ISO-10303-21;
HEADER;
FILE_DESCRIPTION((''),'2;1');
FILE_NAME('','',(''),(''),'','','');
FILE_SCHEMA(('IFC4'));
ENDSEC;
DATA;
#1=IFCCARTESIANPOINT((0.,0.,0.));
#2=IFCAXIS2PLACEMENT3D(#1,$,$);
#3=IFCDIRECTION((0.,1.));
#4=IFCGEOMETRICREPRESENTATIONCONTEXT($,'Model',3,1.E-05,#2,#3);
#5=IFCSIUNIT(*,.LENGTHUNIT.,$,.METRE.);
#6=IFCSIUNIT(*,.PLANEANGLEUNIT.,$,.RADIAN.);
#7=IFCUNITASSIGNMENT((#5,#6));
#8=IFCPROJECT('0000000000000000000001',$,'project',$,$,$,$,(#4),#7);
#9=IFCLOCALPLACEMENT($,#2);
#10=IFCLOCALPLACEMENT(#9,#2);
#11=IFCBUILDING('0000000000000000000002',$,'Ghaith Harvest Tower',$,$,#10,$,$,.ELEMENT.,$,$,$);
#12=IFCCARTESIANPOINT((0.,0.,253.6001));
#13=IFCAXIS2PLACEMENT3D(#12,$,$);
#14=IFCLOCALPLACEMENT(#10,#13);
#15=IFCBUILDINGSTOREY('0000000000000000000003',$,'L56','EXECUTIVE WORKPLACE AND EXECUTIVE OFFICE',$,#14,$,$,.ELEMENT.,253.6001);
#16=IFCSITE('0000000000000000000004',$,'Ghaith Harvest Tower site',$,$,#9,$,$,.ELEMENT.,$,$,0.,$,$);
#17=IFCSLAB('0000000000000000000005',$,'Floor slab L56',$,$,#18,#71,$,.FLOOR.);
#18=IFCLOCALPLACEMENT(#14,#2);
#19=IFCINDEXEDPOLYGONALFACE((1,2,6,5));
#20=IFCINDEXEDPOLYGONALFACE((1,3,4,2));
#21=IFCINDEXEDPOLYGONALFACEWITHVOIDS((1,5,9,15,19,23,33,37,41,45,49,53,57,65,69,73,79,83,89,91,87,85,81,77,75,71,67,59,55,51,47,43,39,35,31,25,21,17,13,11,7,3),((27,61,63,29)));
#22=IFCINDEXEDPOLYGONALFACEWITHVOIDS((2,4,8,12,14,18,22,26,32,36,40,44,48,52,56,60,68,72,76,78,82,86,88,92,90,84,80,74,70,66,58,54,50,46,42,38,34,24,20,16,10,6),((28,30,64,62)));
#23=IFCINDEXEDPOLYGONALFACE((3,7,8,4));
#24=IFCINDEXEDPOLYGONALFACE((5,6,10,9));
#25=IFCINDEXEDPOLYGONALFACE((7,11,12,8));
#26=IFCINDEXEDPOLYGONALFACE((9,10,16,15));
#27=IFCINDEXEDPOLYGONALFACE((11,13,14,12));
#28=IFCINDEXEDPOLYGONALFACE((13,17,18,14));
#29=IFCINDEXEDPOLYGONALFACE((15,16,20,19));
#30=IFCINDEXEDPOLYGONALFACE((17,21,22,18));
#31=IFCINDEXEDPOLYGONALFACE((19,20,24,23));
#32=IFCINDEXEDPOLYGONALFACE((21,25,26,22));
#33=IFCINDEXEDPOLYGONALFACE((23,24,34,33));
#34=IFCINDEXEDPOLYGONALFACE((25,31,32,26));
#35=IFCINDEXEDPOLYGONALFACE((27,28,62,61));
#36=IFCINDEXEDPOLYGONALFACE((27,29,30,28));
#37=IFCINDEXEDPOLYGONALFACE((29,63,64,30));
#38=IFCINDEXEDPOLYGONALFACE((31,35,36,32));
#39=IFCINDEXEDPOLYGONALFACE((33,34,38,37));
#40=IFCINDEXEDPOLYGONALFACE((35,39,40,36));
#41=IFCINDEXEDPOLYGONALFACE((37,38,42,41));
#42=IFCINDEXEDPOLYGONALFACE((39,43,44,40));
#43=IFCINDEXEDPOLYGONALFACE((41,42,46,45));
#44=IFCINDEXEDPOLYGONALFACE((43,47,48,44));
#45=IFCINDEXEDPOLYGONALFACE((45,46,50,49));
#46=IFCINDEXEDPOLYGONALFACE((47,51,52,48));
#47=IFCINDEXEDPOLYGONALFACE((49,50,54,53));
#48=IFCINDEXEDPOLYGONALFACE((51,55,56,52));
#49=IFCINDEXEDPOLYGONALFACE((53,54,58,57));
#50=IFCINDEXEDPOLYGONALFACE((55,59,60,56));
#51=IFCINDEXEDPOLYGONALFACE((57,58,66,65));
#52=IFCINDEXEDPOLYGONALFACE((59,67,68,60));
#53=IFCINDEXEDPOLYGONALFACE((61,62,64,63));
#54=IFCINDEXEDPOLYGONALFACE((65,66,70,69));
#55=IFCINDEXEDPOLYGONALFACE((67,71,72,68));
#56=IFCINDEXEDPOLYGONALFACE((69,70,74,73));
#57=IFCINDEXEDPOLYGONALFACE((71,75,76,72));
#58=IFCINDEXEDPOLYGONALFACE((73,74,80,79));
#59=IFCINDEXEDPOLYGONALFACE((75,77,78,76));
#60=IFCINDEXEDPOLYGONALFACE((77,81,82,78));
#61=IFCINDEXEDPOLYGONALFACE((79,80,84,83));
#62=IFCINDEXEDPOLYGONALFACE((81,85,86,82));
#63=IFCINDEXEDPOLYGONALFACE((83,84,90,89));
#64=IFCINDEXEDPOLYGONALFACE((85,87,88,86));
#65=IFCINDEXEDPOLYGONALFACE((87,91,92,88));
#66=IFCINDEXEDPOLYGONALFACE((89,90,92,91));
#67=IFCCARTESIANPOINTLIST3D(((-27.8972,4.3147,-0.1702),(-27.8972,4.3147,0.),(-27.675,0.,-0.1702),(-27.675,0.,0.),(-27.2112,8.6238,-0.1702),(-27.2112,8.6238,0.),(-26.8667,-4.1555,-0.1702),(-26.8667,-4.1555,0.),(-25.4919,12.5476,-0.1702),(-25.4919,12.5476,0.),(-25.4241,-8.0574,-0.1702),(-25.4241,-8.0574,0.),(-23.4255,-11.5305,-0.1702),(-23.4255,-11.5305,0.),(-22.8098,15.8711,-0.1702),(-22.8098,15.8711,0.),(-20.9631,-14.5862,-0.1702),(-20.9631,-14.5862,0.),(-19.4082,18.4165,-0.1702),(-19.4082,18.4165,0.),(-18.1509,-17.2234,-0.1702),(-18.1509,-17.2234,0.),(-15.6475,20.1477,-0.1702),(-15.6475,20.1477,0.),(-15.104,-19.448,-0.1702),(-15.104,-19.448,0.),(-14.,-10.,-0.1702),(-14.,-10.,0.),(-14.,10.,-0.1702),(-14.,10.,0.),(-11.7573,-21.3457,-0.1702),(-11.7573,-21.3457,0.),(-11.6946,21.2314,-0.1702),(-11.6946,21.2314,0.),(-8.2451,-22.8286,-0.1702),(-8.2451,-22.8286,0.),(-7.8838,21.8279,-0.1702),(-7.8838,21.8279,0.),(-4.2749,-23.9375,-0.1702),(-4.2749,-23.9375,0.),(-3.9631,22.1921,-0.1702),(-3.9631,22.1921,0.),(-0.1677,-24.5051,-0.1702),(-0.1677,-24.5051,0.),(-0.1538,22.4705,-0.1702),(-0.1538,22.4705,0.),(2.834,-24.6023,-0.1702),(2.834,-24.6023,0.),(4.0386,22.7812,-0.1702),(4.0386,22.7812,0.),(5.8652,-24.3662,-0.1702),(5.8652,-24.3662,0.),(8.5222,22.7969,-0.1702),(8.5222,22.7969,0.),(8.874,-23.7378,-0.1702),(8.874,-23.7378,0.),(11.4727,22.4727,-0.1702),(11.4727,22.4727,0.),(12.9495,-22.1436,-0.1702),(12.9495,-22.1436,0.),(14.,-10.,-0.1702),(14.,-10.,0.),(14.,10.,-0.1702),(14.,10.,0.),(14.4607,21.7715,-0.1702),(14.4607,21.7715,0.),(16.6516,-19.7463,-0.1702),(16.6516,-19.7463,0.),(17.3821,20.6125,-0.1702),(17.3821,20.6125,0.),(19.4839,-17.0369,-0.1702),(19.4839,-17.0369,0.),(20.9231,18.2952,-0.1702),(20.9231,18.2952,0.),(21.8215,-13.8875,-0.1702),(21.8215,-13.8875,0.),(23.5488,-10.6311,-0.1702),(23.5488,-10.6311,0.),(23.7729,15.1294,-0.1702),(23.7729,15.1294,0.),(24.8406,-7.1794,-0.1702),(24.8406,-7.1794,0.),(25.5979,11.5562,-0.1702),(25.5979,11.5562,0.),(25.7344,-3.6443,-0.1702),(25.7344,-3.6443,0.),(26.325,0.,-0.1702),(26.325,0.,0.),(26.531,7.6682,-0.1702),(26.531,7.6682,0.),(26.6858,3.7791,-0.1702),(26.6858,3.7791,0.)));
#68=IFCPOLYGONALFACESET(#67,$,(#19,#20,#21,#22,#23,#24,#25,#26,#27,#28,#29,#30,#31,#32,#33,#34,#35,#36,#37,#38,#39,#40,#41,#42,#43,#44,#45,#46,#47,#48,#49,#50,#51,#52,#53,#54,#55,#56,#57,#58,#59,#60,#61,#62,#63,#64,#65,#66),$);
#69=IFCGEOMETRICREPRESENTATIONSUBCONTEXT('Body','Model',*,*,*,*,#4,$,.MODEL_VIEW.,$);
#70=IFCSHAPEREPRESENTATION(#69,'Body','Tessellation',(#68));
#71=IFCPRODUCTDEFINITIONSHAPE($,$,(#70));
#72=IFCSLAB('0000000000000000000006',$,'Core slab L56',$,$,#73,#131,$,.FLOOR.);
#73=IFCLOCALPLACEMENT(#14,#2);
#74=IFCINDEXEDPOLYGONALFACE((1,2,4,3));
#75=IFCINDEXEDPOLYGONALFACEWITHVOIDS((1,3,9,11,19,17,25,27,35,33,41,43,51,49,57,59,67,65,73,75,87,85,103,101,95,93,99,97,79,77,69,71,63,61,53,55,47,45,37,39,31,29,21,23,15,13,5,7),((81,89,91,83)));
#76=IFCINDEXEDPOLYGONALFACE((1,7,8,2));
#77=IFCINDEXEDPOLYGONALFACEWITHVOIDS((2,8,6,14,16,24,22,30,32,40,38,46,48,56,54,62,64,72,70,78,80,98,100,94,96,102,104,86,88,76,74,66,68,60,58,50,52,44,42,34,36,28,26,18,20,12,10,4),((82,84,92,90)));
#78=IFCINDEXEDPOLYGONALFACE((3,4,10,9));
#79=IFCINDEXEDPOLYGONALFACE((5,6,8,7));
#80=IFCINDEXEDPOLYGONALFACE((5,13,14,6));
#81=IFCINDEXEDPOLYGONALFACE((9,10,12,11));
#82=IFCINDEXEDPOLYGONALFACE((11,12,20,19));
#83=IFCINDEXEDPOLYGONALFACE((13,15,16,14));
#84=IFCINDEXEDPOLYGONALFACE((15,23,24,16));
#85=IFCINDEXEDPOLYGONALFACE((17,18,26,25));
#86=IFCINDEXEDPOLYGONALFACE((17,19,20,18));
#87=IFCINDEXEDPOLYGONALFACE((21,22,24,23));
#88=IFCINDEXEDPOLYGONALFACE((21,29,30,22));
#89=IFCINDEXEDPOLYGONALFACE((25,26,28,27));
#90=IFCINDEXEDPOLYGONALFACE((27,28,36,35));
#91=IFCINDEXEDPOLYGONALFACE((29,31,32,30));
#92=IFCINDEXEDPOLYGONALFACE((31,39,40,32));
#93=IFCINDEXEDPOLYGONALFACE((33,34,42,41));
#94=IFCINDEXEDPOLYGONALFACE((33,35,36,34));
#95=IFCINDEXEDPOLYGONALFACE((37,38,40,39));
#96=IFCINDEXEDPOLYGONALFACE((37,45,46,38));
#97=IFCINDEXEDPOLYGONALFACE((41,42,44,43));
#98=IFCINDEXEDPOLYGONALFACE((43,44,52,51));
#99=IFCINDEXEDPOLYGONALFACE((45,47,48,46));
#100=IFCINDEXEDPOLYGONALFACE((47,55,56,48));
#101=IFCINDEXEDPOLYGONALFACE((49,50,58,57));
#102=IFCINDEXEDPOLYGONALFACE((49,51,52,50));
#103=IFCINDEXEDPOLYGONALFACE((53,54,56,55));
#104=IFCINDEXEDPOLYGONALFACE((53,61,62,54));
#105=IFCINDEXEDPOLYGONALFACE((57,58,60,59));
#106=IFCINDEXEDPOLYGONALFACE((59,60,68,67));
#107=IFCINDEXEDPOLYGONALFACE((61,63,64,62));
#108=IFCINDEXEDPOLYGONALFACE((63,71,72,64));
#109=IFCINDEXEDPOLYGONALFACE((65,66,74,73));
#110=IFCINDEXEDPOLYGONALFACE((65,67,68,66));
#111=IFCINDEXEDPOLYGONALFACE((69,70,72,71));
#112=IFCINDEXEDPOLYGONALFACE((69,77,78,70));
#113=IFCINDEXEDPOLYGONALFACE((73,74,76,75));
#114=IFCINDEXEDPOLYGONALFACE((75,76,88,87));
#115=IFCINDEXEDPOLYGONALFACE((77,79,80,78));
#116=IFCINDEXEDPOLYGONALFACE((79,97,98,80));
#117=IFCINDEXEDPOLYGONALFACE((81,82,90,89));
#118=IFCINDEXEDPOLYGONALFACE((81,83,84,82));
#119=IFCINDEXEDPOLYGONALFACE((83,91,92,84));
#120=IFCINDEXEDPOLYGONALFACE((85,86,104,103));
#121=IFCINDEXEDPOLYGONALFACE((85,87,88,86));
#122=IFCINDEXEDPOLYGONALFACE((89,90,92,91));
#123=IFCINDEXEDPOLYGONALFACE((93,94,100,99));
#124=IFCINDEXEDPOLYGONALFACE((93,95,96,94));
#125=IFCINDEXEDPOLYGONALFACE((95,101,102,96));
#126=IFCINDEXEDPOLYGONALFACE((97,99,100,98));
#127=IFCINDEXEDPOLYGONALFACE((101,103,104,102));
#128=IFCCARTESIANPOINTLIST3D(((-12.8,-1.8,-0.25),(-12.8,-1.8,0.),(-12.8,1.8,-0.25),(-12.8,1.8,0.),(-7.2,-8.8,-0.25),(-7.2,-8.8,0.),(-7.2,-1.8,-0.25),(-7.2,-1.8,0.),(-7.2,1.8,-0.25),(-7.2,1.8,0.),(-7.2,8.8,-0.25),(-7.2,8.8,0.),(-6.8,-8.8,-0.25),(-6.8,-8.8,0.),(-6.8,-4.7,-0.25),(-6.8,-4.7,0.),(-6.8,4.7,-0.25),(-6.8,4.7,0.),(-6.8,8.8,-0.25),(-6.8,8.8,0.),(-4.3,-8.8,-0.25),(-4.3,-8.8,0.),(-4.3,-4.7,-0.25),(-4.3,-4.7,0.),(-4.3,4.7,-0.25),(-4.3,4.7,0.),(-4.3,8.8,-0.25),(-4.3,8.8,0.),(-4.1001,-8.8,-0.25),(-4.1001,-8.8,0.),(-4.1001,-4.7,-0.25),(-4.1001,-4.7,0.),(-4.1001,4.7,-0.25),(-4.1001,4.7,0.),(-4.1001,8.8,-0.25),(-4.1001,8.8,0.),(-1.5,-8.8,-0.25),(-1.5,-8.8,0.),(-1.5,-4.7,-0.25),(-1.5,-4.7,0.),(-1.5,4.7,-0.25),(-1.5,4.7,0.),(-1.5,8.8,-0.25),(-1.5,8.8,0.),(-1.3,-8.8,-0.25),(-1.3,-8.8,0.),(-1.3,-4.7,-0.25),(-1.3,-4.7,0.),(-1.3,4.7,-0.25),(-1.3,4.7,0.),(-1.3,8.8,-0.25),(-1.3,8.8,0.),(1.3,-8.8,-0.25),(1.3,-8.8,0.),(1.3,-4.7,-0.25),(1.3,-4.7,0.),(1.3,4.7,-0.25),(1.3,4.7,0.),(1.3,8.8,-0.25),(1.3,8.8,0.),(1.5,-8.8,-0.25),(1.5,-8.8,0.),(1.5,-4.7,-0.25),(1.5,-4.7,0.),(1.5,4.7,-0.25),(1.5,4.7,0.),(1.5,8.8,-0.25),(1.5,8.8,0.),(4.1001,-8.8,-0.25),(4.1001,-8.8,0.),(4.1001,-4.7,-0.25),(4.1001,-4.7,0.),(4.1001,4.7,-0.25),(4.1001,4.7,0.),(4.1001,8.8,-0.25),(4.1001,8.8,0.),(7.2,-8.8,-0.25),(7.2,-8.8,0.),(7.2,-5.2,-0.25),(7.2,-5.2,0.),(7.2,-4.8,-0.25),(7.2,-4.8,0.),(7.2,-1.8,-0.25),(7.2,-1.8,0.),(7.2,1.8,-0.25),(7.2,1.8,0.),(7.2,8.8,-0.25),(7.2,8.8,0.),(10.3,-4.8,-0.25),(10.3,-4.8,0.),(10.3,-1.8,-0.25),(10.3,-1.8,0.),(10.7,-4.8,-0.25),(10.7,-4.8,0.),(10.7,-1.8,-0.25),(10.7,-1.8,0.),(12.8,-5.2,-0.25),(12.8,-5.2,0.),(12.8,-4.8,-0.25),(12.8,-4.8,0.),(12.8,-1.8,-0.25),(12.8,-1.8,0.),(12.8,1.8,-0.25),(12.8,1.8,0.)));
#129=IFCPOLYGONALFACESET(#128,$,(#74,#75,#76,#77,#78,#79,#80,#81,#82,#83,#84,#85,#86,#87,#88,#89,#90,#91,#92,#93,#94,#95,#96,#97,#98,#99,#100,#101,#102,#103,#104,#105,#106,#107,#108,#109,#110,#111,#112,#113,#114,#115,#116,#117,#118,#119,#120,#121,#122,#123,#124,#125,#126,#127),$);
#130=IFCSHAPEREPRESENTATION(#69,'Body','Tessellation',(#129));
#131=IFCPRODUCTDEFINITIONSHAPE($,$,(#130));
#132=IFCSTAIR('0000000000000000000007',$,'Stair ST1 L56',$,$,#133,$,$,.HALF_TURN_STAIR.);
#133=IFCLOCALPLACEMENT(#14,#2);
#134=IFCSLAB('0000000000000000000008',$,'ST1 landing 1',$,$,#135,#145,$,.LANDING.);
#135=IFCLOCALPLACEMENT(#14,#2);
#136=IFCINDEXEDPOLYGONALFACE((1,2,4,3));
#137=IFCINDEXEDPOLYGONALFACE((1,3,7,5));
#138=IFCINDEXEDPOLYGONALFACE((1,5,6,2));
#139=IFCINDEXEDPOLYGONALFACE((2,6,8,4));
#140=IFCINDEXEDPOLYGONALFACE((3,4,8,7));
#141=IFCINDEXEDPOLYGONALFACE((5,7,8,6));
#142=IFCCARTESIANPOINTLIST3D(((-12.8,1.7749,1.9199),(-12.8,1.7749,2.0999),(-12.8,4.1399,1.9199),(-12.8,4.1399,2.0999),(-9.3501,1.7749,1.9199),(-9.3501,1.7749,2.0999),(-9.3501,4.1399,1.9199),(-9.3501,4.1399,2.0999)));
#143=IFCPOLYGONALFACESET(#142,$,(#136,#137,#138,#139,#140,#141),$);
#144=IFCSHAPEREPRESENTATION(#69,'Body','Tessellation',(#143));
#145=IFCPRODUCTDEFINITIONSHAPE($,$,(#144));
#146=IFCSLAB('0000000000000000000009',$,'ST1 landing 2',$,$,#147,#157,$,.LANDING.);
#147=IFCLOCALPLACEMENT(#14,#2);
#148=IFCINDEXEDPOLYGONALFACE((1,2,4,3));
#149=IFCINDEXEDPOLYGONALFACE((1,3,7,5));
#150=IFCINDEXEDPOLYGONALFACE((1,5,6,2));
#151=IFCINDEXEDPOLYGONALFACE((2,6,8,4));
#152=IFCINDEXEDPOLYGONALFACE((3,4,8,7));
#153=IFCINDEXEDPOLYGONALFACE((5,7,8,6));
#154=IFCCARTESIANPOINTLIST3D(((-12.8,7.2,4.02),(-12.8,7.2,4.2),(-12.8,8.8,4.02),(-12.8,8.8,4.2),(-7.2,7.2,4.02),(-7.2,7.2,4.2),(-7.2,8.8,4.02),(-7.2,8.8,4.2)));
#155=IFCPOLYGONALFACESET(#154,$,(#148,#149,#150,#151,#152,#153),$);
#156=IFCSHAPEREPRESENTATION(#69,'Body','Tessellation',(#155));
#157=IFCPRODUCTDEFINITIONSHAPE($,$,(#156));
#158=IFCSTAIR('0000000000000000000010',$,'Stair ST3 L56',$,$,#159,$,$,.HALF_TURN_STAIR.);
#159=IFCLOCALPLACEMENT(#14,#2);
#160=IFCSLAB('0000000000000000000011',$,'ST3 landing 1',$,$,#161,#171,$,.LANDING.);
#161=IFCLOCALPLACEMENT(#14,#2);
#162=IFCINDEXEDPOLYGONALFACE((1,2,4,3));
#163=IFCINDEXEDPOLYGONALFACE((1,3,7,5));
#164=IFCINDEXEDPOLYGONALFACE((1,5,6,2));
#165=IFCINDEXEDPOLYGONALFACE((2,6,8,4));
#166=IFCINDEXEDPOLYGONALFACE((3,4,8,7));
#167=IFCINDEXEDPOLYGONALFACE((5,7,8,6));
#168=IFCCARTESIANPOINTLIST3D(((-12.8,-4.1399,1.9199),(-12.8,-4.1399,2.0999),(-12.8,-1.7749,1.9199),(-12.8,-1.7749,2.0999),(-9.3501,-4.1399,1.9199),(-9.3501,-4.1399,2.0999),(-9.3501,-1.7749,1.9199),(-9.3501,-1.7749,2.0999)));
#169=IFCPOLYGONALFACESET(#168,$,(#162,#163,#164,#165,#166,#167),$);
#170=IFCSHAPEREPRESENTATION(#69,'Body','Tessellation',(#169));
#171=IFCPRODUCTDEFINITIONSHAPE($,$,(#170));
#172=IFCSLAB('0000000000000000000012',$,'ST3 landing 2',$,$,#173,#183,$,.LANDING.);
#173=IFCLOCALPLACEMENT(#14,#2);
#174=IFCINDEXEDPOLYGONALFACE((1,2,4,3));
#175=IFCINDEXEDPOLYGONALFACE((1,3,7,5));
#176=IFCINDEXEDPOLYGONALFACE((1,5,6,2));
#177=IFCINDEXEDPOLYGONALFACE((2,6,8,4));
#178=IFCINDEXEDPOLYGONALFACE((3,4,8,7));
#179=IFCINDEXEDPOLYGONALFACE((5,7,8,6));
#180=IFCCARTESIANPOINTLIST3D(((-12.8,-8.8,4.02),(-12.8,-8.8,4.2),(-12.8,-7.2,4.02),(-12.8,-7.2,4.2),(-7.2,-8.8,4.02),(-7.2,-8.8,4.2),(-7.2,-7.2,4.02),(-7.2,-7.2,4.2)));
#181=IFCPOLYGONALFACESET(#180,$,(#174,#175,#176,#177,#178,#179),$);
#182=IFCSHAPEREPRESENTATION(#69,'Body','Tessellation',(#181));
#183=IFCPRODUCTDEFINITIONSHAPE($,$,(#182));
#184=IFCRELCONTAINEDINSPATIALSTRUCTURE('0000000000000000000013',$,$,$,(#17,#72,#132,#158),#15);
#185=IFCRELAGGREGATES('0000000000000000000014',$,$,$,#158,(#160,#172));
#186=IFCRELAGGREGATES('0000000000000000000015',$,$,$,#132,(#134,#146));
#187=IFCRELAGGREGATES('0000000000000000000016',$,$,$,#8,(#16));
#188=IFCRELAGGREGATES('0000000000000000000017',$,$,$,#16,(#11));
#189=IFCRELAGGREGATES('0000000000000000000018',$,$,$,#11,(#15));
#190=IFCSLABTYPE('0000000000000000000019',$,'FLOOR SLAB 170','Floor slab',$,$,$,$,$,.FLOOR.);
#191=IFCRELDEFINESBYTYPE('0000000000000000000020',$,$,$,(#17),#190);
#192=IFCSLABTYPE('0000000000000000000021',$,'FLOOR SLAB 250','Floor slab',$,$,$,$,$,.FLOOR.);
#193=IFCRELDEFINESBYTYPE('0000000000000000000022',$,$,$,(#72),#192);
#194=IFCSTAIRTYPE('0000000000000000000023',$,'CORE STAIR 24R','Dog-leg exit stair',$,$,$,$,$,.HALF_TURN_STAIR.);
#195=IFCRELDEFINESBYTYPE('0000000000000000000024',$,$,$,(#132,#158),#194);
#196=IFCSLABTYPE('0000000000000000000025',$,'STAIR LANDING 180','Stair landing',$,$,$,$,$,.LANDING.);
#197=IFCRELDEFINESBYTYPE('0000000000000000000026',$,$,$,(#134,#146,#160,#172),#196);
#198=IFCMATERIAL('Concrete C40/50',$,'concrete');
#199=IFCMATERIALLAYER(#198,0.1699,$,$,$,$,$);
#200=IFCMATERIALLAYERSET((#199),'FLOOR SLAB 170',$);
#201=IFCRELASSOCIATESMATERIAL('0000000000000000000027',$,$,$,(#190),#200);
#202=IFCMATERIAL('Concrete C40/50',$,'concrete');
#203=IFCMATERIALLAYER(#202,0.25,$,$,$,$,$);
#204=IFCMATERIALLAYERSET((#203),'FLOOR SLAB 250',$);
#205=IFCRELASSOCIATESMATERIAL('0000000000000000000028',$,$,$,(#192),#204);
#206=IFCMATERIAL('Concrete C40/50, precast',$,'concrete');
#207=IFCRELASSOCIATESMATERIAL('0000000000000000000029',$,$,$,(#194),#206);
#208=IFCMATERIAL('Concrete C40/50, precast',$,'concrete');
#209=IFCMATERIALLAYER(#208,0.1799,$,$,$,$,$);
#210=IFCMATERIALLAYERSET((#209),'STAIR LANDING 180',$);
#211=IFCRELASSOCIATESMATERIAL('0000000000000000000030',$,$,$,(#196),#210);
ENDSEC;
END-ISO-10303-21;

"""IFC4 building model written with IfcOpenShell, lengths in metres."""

from ifc_helpers import new_model, si_unit, direction, frame, origin, place, context, subcontext, project, spatial, polyline, outline, extrude, material, layer, layer_set, type_object, element, aggregate, save


model = new_model("IFC4")

# Units and contexts
model_context = context("Model", 3, precision=1e-05, world=origin(), true_north=direction((0.0, 1.0)))
body_context = subcontext(model_context, "Body", "Model", "MODEL_VIEW")
ifc_project = project(units=[si_unit("LENGTHUNIT", "METRE"), si_unit("PLANEANGLEUNIT", "RADIAN")], contexts=[model_context])

# Site, building, storey
site_placement = place(None, origin())
site = spatial("IfcSite", under=ifc_project, at=site_placement, Name="Ghaith Harvest Tower site", CompositionType="ELEMENT", RefElevation=0.0)
building_placement = place(site_placement, origin())
building = spatial("IfcBuilding", under=site, at=building_placement, Name="Ghaith Harvest Tower", CompositionType="ELEMENT")
storey_placement = place(building_placement, frame((0.0, 0.0, 253.6001)))
storey = spatial("IfcBuildingStorey", under=building, at=storey_placement, Name="L56", Description="EXECUTIVE WORKPLACE AND EXECUTIVE OFFICE", CompositionType="ELEMENT", Elevation=253.6001)

# Slabs
ifc_material_1 = material(Name="Concrete C40/50", Category="concrete")
ifc_layer_1 = layer(ifc_material_1, 0.1699)
ifc_layer_set_1 = layer_set([ifc_layer_1], Name="FLOOR SLAB 170")
slab_type_1 = type_object("IfcSlabType", Name="FLOOR SLAB 170", Description="Floor slab", PredefinedType="FLOOR", material=ifc_layer_set_1)
slab_1_placement = place(storey_placement, frame((0.0, 0.0, -0.1702)))
element("IfcSlab", 1, at=slab_1_placement, inside=storey, type_object=slab_type_1, Name="Floor slab L56", PredefinedType="FLOOR", context=body_context, shape_type="SweptSolid", body=[
    extrude(outline(polyline([(26.325, 0.0), (26.6858, 3.7791), (26.531, 7.6682), (25.5979, 11.5562), (23.7729, 15.1294), (20.9231, 18.2952), (17.3821, 20.6125), (14.4607, 21.7715), (11.4727, 22.4727), (8.5222, 22.7969), (4.0386, 22.7812), (-0.1538, 22.4705), (-3.9631, 22.1921), (-7.8838, 21.8279), (-11.6946, 21.2314), (-15.6475, 20.1477), (-19.4082, 18.4165), (-22.8098, 15.8711), (-25.4919, 12.5476), (-27.2112, 8.6238), (-27.8972, 4.3147), (-27.675, 0.0), (-26.8667, -4.1555), (-25.4241, -8.0574), (-23.4255, -11.5305), (-20.9631, -14.5862), (-18.1509, -17.2234), (-15.104, -19.448), (-11.7573, -21.3457), (-8.2451, -22.8286), (-4.2749, -23.9375), (-0.1677, -24.5051), (2.834, -24.6023), (5.8652, -24.3662), (8.874, -23.7378), (12.9495, -22.1436), (16.6516, -19.7463), (19.4839, -17.0369), (21.8215, -13.8875), (23.5488, -10.6311), (24.8406, -7.1794), (25.7344, -3.6443), (26.325, 0.0)]), holes=[polyline([(-14.0, -10.0), (14.0, -10.0), (14.0, 10.0), (-14.0, 10.0), (-14.0, -10.0)])]), origin(), (0.0, 0.0, 1.0), 0.1702),
])
ifc_material_2 = material(Name="Concrete C40/50", Category="concrete")
ifc_layer_2 = layer(ifc_material_2, 0.25)
ifc_layer_set_2 = layer_set([ifc_layer_2], Name="FLOOR SLAB 250")
slab_type_2 = type_object("IfcSlabType", Name="FLOOR SLAB 250", Description="Floor slab", PredefinedType="FLOOR", material=ifc_layer_set_2)
slab_2_placement = place(storey_placement, frame((0.0, 0.0, -0.25)))
element("IfcSlab", 2, at=slab_2_placement, inside=storey, type_object=slab_type_2, Name="Core slab L56", PredefinedType="FLOOR", context=body_context, shape_type="SweptSolid", body=[
    extrude(outline(polyline([(-12.8, 1.8), (-7.2, 1.8), (-7.2, 8.8), (-6.8, 8.8), (-6.8, 4.7), (-4.3, 4.7), (-4.3, 8.8), (-4.1001, 8.8), (-4.1001, 4.7), (-1.5, 4.7), (-1.5, 8.8), (-1.3, 8.8), (-1.3, 4.7), (1.3, 4.7), (1.3, 8.8), (1.5, 8.8), (1.5, 4.7), (4.1001, 4.7), (4.1001, 8.8), (7.2, 8.8), (7.2, 1.8), (12.8, 1.8), (12.8, -1.8), (10.7, -1.8), (10.7, -4.8), (12.8, -4.8), (12.8, -5.2), (7.2, -5.2), (7.2, -8.8), (4.1001, -8.8), (4.1001, -4.7), (1.5, -4.7), (1.5, -8.8), (1.3, -8.8), (1.3, -4.7), (-1.3, -4.7), (-1.3, -8.8), (-1.5, -8.8), (-1.5, -4.7), (-4.1001, -4.7), (-4.1001, -8.8), (-4.3, -8.8), (-4.3, -4.7), (-6.8, -4.7), (-6.8, -8.8), (-7.2, -8.8), (-7.2, -1.8), (-12.8, -1.8), (-12.8, 1.8)]), holes=[polyline([(10.3, -4.8), (10.3, -1.8), (7.2, -1.8), (7.2, -4.8), (10.3, -4.8)])]), origin(), (0.0, 0.0, 1.0), 0.25),
])

# Stairs, slabs
ifc_material_3 = material(Name="Concrete C40/50, precast", Category="concrete")
stair_type = type_object("IfcStairType", Name="CORE STAIR 24R", Description="Dog-leg exit stair", PredefinedType="HALF_TURN_STAIR", material=ifc_material_3)
stair_1_placement = place(storey_placement, origin())
stair_1 = element("IfcStair", 3, at=stair_1_placement, inside=storey, type_object=stair_type, Name="Stair ST1 L56", PredefinedType="HALF_TURN_STAIR")
ifc_material_4 = material(Name="Concrete C40/50, precast", Category="concrete")
ifc_layer_3 = layer(ifc_material_4, 0.1799)
ifc_layer_set_3 = layer_set([ifc_layer_3], Name="STAIR LANDING 180")
slab_type_3 = type_object("IfcSlabType", Name="STAIR LANDING 180", Description="Stair landing", PredefinedType="LANDING", material=ifc_layer_set_3)
slab_3_placement = place(storey_placement, frame((0.0, 0.0, 1.9199)))
slab_3 = element("IfcSlab", 4, at=slab_3_placement, type_object=slab_type_3, Name="ST1 landing 1", PredefinedType="LANDING", context=body_context, shape_type="SweptSolid", body=[
    extrude(outline(polyline([(-12.8, 4.1399), (-12.8, 1.7749), (-9.3501, 1.7749), (-9.3501, 4.1399), (-12.8, 4.1399)])), origin(), (0.0, 0.0, 1.0), 0.1799),
])
slab_4_placement = place(storey_placement, frame((0.0, 0.0, 4.02)))
slab_4 = element("IfcSlab", 5, at=slab_4_placement, type_object=slab_type_3, Name="ST1 landing 2", PredefinedType="LANDING", context=body_context, shape_type="SweptSolid", body=[
    extrude(outline(polyline([(-12.8, 8.8), (-12.8, 7.2), (-7.2, 7.2), (-7.2, 8.8), (-12.8, 8.8)])), origin(), (0.0, 0.0, 1.0), 0.1799),
])
stair_2_placement = place(storey_placement, origin())
stair_2 = element("IfcStair", 6, at=stair_2_placement, inside=storey, type_object=stair_type, Name="Stair ST3 L56", PredefinedType="HALF_TURN_STAIR")
slab_5_placement = place(storey_placement, frame((0.0, 0.0, 1.9199)))
slab_5 = element("IfcSlab", 7, at=slab_5_placement, type_object=slab_type_3, Name="ST3 landing 1", PredefinedType="LANDING", context=body_context, shape_type="SweptSolid", body=[
    extrude(outline(polyline([(-12.8, -4.1399), (-12.8, -1.7749), (-9.3501, -1.7749), (-9.3501, -4.1399), (-12.8, -4.1399)])), origin(), (0.0, 0.0, 1.0), 0.1799),
])
slab_6_placement = place(storey_placement, frame((0.0, 0.0, 4.02)))
slab_6 = element("IfcSlab", 8, at=slab_6_placement, type_object=slab_type_3, Name="ST3 landing 2", PredefinedType="LANDING", context=body_context, shape_type="SweptSolid", body=[
    extrude(outline(polyline([(-12.8, -8.8), (-12.8, -7.2), (-7.2, -7.2), (-7.2, -8.8), (-12.8, -8.8)])), origin(), (0.0, 0.0, 1.0), 0.1799),
])
aggregate(stair_2, [slab_5, slab_6])

aggregate(stair_1, [slab_3, slab_4])

save(model, "model.ifc")
